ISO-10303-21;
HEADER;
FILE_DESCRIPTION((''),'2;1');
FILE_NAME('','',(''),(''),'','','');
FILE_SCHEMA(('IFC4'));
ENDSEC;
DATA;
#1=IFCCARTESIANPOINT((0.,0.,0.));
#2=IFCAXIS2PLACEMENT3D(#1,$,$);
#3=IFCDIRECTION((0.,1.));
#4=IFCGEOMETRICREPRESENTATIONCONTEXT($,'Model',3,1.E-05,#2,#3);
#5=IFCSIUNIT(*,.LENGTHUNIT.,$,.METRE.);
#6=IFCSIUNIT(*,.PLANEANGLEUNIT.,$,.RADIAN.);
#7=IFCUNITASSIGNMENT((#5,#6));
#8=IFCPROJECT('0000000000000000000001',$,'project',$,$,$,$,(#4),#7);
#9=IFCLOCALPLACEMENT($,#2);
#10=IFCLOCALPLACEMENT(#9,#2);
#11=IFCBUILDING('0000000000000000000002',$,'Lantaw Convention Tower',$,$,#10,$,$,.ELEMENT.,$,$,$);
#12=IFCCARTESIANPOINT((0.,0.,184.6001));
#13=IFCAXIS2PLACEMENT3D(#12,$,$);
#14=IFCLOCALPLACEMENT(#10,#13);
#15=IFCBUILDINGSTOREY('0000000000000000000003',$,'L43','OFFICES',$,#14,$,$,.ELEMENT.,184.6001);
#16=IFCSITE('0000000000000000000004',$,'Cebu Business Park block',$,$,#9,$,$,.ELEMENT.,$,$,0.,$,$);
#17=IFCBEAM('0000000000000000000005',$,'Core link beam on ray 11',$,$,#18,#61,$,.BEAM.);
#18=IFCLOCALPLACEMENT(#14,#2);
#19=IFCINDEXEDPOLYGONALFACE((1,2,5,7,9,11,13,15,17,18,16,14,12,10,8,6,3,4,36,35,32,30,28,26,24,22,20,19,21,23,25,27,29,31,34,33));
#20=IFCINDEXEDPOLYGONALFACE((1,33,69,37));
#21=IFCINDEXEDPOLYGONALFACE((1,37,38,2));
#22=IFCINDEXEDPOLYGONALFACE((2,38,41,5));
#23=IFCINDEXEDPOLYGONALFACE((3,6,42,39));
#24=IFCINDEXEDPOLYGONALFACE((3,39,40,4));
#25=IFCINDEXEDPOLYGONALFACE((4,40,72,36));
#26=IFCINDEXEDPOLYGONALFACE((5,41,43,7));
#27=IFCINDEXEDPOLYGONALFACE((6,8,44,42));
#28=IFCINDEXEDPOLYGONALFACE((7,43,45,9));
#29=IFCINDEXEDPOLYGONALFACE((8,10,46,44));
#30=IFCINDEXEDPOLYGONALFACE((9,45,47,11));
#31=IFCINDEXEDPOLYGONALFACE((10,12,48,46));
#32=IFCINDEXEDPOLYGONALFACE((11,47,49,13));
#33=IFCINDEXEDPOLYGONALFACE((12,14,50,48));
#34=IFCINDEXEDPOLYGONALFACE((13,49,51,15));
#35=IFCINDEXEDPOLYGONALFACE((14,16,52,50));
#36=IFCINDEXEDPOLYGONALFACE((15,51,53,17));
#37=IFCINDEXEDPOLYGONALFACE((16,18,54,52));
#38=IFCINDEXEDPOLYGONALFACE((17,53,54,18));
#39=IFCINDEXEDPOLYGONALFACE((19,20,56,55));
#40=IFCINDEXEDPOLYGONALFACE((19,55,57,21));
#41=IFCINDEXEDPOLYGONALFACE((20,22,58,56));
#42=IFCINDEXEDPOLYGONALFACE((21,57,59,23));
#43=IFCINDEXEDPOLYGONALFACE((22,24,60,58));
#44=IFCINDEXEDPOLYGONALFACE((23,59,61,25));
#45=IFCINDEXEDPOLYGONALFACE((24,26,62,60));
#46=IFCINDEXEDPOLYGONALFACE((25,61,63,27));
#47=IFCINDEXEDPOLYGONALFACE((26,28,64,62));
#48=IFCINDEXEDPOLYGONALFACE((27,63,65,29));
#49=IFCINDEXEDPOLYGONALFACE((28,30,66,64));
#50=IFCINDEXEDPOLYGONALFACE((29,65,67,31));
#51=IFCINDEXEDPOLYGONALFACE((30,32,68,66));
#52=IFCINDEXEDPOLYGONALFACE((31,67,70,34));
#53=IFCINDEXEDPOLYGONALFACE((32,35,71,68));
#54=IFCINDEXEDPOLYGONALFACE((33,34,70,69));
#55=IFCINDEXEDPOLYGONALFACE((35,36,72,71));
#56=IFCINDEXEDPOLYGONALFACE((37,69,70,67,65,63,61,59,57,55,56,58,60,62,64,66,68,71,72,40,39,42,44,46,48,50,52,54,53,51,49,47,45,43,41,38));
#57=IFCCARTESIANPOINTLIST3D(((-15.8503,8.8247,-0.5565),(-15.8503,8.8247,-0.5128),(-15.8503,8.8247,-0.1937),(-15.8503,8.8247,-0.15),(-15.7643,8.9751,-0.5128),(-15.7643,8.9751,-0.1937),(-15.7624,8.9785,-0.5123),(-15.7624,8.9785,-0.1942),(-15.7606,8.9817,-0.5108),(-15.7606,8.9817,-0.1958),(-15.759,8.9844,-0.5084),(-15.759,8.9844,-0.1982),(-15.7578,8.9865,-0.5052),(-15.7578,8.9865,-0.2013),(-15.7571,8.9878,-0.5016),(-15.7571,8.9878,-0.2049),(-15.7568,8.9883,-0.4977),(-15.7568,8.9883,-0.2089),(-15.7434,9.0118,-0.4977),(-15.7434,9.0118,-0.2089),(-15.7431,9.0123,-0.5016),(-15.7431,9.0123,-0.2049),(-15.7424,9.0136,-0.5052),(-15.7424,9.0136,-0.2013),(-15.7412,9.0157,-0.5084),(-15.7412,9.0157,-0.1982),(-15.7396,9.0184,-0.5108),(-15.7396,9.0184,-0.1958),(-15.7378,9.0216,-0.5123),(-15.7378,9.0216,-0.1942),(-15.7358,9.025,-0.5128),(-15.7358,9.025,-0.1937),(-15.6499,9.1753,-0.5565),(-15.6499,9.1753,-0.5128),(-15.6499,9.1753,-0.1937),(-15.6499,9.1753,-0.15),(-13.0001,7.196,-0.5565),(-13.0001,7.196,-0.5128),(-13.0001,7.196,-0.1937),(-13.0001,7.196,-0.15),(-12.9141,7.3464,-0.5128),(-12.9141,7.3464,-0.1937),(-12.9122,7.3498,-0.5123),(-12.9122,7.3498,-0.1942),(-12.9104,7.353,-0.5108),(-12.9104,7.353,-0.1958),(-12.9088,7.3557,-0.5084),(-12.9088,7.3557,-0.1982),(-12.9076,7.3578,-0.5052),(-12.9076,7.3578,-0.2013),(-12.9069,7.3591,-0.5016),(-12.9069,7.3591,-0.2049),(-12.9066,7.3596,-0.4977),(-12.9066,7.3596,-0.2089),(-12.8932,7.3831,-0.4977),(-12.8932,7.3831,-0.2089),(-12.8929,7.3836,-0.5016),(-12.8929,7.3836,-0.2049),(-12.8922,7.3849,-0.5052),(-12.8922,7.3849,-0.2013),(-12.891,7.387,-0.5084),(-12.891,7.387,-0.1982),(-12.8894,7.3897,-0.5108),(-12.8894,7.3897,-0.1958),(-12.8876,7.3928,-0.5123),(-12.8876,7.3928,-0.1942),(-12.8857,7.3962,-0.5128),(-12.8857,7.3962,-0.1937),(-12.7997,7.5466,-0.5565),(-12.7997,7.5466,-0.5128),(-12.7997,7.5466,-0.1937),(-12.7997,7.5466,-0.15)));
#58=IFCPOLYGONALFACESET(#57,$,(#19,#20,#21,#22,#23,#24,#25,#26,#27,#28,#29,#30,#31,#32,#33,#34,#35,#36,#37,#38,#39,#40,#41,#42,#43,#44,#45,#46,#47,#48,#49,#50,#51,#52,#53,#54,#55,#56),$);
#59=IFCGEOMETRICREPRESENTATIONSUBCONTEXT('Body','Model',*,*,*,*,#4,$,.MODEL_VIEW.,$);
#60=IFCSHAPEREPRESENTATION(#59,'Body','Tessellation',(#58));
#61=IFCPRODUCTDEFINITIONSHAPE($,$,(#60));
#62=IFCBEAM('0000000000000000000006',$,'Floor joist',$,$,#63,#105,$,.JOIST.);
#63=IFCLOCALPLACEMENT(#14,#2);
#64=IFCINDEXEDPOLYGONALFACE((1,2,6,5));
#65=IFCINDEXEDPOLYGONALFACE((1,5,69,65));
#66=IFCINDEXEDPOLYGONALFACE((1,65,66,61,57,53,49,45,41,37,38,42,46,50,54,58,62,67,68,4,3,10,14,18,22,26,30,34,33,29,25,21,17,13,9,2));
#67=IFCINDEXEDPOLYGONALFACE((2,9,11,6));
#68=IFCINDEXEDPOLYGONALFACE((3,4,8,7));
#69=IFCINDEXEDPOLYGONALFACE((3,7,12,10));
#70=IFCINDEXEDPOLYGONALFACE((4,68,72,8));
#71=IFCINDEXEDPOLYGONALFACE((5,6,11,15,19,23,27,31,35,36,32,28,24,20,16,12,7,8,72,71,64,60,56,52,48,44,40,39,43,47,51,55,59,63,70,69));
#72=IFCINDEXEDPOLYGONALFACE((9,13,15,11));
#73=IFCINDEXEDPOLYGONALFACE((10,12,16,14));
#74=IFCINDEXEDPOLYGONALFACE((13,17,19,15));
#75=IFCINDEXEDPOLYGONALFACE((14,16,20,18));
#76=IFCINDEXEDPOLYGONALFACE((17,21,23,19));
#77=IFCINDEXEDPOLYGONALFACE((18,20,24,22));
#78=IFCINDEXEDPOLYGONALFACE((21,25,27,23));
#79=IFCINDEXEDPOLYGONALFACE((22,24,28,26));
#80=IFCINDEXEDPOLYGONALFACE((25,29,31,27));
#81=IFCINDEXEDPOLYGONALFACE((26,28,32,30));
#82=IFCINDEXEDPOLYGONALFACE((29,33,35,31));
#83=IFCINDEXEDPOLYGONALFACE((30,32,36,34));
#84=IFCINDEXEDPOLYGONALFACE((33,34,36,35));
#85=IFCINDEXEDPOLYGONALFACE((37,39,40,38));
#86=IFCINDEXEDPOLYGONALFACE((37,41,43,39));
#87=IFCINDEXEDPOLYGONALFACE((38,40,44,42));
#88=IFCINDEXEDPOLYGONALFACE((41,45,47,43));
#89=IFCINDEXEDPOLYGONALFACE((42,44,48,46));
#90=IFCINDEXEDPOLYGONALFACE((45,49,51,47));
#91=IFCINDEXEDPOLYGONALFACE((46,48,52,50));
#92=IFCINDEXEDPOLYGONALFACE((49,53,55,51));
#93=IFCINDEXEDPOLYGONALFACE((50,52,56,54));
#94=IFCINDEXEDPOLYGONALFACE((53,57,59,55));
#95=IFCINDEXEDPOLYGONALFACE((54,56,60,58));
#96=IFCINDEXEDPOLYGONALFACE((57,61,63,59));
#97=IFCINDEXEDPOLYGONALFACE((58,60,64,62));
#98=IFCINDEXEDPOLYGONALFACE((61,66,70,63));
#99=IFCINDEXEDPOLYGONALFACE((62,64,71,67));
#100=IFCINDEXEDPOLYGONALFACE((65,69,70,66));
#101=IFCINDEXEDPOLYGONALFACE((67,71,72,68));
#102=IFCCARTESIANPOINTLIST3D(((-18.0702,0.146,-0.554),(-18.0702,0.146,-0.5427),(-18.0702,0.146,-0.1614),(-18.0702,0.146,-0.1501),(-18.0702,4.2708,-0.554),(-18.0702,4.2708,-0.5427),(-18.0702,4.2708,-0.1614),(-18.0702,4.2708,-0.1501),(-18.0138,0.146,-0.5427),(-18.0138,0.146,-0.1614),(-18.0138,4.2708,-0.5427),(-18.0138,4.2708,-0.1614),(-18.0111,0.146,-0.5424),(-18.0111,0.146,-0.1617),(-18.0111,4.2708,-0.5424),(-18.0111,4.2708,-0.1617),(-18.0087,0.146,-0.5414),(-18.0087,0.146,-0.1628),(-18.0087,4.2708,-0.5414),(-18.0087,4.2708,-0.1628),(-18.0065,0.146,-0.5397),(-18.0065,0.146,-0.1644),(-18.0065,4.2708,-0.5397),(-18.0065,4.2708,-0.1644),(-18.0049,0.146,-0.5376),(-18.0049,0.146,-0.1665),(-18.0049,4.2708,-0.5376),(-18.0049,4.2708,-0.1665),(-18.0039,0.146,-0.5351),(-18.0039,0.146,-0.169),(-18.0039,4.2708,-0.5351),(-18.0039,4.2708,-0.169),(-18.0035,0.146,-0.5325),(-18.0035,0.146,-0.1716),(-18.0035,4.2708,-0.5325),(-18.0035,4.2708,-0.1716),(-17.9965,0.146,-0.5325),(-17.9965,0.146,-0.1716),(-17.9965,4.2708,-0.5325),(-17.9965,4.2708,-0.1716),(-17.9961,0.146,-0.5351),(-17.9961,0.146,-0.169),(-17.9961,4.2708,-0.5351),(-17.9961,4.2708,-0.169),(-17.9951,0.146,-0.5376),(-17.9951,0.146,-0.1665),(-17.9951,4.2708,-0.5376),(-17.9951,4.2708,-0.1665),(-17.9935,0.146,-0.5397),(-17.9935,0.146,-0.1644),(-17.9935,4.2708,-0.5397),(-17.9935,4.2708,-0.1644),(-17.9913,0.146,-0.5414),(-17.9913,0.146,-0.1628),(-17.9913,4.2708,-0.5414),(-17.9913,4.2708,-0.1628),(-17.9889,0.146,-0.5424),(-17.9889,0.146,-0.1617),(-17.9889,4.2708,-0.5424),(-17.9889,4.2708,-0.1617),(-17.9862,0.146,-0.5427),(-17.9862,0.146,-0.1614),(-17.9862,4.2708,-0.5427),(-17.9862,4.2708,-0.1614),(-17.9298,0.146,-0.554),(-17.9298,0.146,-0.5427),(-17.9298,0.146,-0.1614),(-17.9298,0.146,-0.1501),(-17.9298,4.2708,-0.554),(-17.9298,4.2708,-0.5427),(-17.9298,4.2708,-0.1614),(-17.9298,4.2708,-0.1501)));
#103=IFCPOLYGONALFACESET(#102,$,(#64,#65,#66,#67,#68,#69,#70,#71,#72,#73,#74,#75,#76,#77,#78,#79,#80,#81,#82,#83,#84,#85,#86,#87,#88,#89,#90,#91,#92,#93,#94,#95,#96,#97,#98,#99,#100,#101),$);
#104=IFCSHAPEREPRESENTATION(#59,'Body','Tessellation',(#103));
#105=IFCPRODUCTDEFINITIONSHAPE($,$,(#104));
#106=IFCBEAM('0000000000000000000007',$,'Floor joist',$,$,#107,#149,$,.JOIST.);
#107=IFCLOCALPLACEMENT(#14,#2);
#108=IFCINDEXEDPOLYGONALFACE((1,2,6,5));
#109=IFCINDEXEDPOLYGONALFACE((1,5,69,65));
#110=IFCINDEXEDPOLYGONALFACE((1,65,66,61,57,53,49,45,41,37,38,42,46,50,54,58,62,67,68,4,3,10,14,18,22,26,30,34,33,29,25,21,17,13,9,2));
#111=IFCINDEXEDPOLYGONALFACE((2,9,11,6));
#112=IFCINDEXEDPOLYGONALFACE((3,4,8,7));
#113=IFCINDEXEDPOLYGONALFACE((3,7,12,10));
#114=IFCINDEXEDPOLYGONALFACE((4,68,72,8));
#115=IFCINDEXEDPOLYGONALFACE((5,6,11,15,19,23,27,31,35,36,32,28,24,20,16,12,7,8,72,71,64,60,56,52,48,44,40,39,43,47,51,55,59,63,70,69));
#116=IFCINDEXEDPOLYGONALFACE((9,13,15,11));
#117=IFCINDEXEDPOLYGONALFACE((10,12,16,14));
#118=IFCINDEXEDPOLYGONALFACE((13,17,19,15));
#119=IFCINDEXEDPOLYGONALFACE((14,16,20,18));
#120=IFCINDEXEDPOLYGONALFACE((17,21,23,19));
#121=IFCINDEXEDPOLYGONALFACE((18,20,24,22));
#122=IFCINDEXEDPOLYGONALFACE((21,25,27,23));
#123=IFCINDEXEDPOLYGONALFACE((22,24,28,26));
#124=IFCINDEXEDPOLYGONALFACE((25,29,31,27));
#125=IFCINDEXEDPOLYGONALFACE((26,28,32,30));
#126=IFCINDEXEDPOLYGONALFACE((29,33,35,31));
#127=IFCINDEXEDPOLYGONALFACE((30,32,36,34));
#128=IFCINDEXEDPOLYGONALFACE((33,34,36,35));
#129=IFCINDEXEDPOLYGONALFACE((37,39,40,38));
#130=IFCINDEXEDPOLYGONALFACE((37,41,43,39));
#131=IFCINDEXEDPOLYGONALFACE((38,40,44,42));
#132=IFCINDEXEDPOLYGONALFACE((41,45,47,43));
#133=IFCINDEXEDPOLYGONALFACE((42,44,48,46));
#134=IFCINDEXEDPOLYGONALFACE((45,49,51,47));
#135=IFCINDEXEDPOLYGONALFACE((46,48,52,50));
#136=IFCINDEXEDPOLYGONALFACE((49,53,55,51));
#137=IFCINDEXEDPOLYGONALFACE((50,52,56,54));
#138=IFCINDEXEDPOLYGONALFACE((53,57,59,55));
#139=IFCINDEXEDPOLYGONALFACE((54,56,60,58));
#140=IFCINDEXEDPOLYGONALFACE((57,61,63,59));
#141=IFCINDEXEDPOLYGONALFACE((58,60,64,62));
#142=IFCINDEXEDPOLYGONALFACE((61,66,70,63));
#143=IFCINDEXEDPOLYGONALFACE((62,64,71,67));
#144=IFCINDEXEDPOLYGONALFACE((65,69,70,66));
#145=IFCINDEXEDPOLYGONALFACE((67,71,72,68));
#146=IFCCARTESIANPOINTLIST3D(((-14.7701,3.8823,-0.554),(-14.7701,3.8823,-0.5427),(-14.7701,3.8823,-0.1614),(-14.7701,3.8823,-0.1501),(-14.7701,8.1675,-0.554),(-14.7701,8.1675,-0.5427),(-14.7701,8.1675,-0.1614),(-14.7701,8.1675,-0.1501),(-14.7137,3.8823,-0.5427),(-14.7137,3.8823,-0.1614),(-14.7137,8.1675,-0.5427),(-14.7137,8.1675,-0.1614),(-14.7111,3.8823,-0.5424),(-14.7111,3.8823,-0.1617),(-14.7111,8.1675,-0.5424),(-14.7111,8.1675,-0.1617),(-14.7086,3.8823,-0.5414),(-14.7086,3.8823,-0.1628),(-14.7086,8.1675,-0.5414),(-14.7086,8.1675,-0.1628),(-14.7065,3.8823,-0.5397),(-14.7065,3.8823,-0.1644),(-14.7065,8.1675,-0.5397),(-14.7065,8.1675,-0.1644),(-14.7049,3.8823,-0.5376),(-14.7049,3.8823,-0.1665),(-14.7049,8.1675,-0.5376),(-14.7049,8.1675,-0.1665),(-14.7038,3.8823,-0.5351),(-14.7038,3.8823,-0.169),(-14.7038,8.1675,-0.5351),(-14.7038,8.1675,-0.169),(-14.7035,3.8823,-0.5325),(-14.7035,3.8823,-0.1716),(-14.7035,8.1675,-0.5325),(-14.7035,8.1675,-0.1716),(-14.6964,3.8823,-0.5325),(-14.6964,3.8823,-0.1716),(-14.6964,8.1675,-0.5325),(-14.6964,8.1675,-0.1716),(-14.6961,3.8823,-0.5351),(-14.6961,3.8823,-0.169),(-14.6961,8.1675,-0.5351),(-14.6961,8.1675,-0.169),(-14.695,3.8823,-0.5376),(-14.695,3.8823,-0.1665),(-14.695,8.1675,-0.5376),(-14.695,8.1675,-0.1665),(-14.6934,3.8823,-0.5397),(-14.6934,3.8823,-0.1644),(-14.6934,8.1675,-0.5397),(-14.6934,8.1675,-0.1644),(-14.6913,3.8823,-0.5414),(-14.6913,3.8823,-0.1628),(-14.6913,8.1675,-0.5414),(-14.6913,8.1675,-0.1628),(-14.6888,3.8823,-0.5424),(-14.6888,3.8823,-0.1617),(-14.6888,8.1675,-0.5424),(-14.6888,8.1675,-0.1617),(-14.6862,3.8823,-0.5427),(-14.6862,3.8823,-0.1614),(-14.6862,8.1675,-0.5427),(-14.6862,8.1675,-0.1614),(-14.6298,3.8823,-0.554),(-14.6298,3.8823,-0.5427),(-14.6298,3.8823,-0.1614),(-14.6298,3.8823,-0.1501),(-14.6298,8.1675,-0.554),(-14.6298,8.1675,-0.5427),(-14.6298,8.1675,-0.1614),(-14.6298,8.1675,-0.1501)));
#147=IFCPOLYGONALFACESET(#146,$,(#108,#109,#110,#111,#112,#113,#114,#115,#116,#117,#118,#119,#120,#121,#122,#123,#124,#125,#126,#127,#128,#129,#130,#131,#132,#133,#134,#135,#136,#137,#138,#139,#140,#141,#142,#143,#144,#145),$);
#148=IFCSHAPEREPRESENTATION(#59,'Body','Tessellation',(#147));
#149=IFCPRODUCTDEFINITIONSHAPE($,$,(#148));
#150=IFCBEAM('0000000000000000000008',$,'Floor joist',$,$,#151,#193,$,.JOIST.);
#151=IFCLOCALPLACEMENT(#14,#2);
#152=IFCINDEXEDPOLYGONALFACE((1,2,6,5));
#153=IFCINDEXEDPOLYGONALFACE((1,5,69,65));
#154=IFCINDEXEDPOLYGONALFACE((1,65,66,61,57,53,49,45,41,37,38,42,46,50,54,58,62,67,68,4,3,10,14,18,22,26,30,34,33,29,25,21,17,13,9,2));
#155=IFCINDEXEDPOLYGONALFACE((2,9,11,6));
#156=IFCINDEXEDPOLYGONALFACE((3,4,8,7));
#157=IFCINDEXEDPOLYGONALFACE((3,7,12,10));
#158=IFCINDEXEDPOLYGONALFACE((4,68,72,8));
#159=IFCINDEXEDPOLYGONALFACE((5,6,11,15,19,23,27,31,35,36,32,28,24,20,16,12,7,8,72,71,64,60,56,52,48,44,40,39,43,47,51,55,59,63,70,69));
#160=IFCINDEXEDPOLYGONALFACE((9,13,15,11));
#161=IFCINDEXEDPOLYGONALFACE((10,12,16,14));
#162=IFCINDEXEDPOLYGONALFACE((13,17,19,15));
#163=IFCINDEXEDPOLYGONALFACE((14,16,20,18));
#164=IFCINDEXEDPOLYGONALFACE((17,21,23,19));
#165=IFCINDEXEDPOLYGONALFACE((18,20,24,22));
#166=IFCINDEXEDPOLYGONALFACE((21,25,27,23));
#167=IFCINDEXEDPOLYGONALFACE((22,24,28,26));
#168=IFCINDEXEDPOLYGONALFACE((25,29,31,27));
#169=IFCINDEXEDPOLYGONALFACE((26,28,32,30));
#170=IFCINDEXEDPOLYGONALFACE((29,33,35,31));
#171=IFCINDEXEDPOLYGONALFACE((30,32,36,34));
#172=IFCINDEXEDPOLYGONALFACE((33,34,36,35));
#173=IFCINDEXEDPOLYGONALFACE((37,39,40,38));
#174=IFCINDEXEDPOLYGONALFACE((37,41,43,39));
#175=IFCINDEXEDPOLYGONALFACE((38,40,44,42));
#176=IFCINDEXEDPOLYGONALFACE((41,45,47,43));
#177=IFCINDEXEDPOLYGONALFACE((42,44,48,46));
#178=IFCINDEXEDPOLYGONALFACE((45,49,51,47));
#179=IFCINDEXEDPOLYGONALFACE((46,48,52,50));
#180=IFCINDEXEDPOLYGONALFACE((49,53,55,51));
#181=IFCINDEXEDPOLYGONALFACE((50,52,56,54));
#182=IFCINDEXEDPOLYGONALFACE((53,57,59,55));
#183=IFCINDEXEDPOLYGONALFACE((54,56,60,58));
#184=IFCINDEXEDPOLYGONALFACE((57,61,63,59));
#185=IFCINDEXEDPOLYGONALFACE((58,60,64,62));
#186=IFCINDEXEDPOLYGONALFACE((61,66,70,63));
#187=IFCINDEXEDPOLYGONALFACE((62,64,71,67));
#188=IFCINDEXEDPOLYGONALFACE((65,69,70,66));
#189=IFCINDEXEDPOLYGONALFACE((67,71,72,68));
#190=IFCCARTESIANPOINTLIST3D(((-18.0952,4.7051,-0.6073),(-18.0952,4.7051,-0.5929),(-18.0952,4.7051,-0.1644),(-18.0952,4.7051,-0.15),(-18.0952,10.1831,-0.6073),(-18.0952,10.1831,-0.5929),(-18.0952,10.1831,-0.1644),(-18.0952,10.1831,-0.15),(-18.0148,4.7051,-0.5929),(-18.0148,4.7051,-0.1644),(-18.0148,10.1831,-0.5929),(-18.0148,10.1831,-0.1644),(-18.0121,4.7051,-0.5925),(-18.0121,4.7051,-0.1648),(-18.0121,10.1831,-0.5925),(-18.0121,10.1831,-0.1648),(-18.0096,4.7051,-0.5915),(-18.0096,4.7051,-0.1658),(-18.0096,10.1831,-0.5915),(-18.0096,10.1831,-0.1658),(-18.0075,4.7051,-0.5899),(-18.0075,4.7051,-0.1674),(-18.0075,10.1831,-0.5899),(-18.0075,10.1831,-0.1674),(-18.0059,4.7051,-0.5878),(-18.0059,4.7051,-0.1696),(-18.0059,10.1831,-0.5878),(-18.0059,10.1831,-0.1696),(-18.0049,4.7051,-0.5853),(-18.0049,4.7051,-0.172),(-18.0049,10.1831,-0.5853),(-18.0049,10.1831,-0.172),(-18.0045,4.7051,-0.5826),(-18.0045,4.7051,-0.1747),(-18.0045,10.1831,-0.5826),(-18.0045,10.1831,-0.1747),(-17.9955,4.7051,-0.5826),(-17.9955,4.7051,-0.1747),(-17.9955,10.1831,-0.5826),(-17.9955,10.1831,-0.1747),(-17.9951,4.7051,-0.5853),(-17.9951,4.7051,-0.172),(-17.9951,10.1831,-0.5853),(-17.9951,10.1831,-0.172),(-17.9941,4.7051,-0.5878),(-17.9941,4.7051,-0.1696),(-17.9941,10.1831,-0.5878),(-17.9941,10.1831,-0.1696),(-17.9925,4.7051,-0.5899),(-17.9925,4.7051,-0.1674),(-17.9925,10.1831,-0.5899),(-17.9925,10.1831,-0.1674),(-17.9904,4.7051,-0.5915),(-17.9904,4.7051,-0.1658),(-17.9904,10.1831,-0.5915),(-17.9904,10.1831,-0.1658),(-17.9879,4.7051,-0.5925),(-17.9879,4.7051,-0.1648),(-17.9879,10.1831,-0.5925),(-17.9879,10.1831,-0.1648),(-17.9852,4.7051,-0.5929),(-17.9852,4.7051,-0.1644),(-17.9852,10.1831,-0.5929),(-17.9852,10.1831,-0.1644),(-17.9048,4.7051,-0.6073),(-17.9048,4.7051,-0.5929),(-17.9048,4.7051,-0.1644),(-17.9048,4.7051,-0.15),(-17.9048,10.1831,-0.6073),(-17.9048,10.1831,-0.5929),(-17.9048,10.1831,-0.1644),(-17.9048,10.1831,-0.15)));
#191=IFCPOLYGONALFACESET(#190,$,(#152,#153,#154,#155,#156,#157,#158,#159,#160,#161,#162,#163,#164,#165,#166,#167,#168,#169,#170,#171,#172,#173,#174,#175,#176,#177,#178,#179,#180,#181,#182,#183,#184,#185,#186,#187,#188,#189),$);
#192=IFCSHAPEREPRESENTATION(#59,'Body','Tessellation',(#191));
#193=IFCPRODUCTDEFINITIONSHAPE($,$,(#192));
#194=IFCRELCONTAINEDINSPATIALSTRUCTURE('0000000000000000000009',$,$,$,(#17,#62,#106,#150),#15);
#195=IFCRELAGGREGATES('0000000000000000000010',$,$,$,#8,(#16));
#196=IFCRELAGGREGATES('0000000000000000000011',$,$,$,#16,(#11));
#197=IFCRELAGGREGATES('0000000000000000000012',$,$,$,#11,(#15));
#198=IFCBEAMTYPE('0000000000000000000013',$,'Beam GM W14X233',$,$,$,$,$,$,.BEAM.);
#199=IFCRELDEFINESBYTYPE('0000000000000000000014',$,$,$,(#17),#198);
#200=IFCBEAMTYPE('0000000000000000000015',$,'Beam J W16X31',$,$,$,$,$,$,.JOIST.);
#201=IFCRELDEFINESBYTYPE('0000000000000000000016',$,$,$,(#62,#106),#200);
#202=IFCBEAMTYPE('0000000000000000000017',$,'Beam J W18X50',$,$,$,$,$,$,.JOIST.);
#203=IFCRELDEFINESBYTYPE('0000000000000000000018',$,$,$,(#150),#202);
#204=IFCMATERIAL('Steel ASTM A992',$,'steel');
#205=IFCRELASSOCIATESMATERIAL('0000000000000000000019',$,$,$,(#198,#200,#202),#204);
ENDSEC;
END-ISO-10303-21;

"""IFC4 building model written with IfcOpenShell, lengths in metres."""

from ifc_helpers import new_model, si_unit, direction, frame, origin, origin_2d, place, context, subcontext, project, spatial, i_section, extrude, material, material_profile, profile_set, type_object, element, save


model = new_model("IFC4")

# Units and contexts
model_context = context("Model", 3, precision=1e-05, world=origin(), true_north=direction((0.0, 1.0)))
body_context = subcontext(model_context, "Body", "Model", "MODEL_VIEW")
ifc_project = project(units=[si_unit("LENGTHUNIT", "METRE"), si_unit("PLANEANGLEUNIT", "RADIAN")], contexts=[model_context])

# Site, building, storey
site_placement = place(None, origin())
site = spatial("IfcSite", under=ifc_project, at=site_placement, Name="Cebu Business Park block", CompositionType="ELEMENT", RefElevation=0.0)
building_placement = place(site_placement, origin())
building = spatial("IfcBuilding", under=site, at=building_placement, Name="Lantaw Convention Tower", CompositionType="ELEMENT")
storey_placement = place(building_placement, frame((0.0, 0.0, 184.6001)))
storey = spatial("IfcBuildingStorey", under=building, at=storey_placement, Name="L43", Description="OFFICES", CompositionType="ELEMENT", Elevation=184.6001)

# Beams
ifc_material_1 = material(Name="Steel ASTM A992", Category="steel")
ifc_material_profile_1 = material_profile(ifc_material_1, i_section(OverallWidth=0.4038, OverallDepth=0.4065, WebThickness=0.0271, FlangeThickness=0.0437, FilletRadius=0.0151, at=origin_2d()), Name="W14X233")
ifc_profile_set_1 = profile_set([ifc_material_profile_1], Name="Steel ASTM A992")
beam_type_1 = type_object("IfcBeamType", Name="Beam GM W14X233", PredefinedType="BEAM", material=ifc_profile_set_1)
beam_1_placement = place(storey_placement, frame((-12.8999, 7.3713, -0.3533), z_axis=(-0.868239, 0.496147, 0.0), x_axis=(-0.496147, -0.868239, 0.0)))
element("IfcBeam", 1, at=beam_1_placement, inside=storey, type_object=beam_type_1, Name="Core link beam on ray 11", PredefinedType="BEAM", context=body_context, shape_type="SweptSolid", body=[
    extrude(i_section(OverallWidth=0.4038, OverallDepth=0.4065, WebThickness=0.0271, FlangeThickness=0.0437, FilletRadius=0.0151, at=origin_2d()), origin(), (0.0, 0.0, 1.0), 3.2827),
])
ifc_material_profile_2 = material_profile(ifc_material_1, i_section(OverallWidth=0.1404, OverallDepth=0.4038, WebThickness=0.0071, FlangeThickness=0.0112, FilletRadius=0.0103, at=origin_2d()), Name="W16X31")
ifc_profile_set_2 = profile_set([ifc_material_profile_2], Name="Steel ASTM A992")
beam_type_2 = type_object("IfcBeamType", Name="Beam J W16X31", PredefinedType="JOIST", material=ifc_profile_set_2)
beam_2_placement = place(storey_placement, frame((-18.0, 0.146, -0.3521), z_axis=(0.0, 1.0, 0.0), x_axis=(-1.0, 0.0, 0.0)))
element("IfcBeam", 2, at=beam_2_placement, inside=storey, type_object=beam_type_2, Name="Floor joist", PredefinedType="JOIST", context=body_context, shape_type="SweptSolid", body=[
    extrude(i_section(OverallWidth=0.1404, OverallDepth=0.4038, WebThickness=0.0071, FlangeThickness=0.0112, FilletRadius=0.0103, at=origin_2d()), origin(), (0.0, 0.0, 1.0), 4.1248),
])
beam_3_placement = place(storey_placement, frame((-14.7, 3.8823, -0.3521), z_axis=(0.0, 1.0, 0.0), x_axis=(-1.0, 0.0, 0.0)))
element("IfcBeam", 3, at=beam_3_placement, inside=storey, type_object=beam_type_2, Name="Floor joist", PredefinedType="JOIST", context=body_context, shape_type="SweptSolid", body=[
    extrude(i_section(OverallWidth=0.1404, OverallDepth=0.4038, WebThickness=0.0071, FlangeThickness=0.0112, FilletRadius=0.0103, at=origin_2d()), origin(), (0.0, 0.0, 1.0), 4.2852),
])
ifc_material_profile_3 = material_profile(ifc_material_1, i_section(OverallWidth=0.1904, OverallDepth=0.4573, WebThickness=0.009, FlangeThickness=0.0144, FilletRadius=0.0103, at=origin_2d()), Name="W18X50")
ifc_profile_set_3 = profile_set([ifc_material_profile_3], Name="Steel ASTM A992")
beam_type_3 = type_object("IfcBeamType", Name="Beam J W18X50", PredefinedType="JOIST", material=ifc_profile_set_3)
beam_4_placement = place(storey_placement, frame((-18.0, 4.7051, -0.3787), z_axis=(0.0, 1.0, 0.0), x_axis=(-1.0, 0.0, 0.0)))
element("IfcBeam", 4, at=beam_4_placement, inside=storey, type_object=beam_type_3, Name="Floor joist", PredefinedType="JOIST", context=body_context, shape_type="SweptSolid", body=[
    extrude(i_section(OverallWidth=0.1904, OverallDepth=0.4573, WebThickness=0.009, FlangeThickness=0.0144, FilletRadius=0.0103, at=origin_2d()), origin(), (0.0, 0.0, 1.0), 5.478),
])

save(model, "model.ifc")
